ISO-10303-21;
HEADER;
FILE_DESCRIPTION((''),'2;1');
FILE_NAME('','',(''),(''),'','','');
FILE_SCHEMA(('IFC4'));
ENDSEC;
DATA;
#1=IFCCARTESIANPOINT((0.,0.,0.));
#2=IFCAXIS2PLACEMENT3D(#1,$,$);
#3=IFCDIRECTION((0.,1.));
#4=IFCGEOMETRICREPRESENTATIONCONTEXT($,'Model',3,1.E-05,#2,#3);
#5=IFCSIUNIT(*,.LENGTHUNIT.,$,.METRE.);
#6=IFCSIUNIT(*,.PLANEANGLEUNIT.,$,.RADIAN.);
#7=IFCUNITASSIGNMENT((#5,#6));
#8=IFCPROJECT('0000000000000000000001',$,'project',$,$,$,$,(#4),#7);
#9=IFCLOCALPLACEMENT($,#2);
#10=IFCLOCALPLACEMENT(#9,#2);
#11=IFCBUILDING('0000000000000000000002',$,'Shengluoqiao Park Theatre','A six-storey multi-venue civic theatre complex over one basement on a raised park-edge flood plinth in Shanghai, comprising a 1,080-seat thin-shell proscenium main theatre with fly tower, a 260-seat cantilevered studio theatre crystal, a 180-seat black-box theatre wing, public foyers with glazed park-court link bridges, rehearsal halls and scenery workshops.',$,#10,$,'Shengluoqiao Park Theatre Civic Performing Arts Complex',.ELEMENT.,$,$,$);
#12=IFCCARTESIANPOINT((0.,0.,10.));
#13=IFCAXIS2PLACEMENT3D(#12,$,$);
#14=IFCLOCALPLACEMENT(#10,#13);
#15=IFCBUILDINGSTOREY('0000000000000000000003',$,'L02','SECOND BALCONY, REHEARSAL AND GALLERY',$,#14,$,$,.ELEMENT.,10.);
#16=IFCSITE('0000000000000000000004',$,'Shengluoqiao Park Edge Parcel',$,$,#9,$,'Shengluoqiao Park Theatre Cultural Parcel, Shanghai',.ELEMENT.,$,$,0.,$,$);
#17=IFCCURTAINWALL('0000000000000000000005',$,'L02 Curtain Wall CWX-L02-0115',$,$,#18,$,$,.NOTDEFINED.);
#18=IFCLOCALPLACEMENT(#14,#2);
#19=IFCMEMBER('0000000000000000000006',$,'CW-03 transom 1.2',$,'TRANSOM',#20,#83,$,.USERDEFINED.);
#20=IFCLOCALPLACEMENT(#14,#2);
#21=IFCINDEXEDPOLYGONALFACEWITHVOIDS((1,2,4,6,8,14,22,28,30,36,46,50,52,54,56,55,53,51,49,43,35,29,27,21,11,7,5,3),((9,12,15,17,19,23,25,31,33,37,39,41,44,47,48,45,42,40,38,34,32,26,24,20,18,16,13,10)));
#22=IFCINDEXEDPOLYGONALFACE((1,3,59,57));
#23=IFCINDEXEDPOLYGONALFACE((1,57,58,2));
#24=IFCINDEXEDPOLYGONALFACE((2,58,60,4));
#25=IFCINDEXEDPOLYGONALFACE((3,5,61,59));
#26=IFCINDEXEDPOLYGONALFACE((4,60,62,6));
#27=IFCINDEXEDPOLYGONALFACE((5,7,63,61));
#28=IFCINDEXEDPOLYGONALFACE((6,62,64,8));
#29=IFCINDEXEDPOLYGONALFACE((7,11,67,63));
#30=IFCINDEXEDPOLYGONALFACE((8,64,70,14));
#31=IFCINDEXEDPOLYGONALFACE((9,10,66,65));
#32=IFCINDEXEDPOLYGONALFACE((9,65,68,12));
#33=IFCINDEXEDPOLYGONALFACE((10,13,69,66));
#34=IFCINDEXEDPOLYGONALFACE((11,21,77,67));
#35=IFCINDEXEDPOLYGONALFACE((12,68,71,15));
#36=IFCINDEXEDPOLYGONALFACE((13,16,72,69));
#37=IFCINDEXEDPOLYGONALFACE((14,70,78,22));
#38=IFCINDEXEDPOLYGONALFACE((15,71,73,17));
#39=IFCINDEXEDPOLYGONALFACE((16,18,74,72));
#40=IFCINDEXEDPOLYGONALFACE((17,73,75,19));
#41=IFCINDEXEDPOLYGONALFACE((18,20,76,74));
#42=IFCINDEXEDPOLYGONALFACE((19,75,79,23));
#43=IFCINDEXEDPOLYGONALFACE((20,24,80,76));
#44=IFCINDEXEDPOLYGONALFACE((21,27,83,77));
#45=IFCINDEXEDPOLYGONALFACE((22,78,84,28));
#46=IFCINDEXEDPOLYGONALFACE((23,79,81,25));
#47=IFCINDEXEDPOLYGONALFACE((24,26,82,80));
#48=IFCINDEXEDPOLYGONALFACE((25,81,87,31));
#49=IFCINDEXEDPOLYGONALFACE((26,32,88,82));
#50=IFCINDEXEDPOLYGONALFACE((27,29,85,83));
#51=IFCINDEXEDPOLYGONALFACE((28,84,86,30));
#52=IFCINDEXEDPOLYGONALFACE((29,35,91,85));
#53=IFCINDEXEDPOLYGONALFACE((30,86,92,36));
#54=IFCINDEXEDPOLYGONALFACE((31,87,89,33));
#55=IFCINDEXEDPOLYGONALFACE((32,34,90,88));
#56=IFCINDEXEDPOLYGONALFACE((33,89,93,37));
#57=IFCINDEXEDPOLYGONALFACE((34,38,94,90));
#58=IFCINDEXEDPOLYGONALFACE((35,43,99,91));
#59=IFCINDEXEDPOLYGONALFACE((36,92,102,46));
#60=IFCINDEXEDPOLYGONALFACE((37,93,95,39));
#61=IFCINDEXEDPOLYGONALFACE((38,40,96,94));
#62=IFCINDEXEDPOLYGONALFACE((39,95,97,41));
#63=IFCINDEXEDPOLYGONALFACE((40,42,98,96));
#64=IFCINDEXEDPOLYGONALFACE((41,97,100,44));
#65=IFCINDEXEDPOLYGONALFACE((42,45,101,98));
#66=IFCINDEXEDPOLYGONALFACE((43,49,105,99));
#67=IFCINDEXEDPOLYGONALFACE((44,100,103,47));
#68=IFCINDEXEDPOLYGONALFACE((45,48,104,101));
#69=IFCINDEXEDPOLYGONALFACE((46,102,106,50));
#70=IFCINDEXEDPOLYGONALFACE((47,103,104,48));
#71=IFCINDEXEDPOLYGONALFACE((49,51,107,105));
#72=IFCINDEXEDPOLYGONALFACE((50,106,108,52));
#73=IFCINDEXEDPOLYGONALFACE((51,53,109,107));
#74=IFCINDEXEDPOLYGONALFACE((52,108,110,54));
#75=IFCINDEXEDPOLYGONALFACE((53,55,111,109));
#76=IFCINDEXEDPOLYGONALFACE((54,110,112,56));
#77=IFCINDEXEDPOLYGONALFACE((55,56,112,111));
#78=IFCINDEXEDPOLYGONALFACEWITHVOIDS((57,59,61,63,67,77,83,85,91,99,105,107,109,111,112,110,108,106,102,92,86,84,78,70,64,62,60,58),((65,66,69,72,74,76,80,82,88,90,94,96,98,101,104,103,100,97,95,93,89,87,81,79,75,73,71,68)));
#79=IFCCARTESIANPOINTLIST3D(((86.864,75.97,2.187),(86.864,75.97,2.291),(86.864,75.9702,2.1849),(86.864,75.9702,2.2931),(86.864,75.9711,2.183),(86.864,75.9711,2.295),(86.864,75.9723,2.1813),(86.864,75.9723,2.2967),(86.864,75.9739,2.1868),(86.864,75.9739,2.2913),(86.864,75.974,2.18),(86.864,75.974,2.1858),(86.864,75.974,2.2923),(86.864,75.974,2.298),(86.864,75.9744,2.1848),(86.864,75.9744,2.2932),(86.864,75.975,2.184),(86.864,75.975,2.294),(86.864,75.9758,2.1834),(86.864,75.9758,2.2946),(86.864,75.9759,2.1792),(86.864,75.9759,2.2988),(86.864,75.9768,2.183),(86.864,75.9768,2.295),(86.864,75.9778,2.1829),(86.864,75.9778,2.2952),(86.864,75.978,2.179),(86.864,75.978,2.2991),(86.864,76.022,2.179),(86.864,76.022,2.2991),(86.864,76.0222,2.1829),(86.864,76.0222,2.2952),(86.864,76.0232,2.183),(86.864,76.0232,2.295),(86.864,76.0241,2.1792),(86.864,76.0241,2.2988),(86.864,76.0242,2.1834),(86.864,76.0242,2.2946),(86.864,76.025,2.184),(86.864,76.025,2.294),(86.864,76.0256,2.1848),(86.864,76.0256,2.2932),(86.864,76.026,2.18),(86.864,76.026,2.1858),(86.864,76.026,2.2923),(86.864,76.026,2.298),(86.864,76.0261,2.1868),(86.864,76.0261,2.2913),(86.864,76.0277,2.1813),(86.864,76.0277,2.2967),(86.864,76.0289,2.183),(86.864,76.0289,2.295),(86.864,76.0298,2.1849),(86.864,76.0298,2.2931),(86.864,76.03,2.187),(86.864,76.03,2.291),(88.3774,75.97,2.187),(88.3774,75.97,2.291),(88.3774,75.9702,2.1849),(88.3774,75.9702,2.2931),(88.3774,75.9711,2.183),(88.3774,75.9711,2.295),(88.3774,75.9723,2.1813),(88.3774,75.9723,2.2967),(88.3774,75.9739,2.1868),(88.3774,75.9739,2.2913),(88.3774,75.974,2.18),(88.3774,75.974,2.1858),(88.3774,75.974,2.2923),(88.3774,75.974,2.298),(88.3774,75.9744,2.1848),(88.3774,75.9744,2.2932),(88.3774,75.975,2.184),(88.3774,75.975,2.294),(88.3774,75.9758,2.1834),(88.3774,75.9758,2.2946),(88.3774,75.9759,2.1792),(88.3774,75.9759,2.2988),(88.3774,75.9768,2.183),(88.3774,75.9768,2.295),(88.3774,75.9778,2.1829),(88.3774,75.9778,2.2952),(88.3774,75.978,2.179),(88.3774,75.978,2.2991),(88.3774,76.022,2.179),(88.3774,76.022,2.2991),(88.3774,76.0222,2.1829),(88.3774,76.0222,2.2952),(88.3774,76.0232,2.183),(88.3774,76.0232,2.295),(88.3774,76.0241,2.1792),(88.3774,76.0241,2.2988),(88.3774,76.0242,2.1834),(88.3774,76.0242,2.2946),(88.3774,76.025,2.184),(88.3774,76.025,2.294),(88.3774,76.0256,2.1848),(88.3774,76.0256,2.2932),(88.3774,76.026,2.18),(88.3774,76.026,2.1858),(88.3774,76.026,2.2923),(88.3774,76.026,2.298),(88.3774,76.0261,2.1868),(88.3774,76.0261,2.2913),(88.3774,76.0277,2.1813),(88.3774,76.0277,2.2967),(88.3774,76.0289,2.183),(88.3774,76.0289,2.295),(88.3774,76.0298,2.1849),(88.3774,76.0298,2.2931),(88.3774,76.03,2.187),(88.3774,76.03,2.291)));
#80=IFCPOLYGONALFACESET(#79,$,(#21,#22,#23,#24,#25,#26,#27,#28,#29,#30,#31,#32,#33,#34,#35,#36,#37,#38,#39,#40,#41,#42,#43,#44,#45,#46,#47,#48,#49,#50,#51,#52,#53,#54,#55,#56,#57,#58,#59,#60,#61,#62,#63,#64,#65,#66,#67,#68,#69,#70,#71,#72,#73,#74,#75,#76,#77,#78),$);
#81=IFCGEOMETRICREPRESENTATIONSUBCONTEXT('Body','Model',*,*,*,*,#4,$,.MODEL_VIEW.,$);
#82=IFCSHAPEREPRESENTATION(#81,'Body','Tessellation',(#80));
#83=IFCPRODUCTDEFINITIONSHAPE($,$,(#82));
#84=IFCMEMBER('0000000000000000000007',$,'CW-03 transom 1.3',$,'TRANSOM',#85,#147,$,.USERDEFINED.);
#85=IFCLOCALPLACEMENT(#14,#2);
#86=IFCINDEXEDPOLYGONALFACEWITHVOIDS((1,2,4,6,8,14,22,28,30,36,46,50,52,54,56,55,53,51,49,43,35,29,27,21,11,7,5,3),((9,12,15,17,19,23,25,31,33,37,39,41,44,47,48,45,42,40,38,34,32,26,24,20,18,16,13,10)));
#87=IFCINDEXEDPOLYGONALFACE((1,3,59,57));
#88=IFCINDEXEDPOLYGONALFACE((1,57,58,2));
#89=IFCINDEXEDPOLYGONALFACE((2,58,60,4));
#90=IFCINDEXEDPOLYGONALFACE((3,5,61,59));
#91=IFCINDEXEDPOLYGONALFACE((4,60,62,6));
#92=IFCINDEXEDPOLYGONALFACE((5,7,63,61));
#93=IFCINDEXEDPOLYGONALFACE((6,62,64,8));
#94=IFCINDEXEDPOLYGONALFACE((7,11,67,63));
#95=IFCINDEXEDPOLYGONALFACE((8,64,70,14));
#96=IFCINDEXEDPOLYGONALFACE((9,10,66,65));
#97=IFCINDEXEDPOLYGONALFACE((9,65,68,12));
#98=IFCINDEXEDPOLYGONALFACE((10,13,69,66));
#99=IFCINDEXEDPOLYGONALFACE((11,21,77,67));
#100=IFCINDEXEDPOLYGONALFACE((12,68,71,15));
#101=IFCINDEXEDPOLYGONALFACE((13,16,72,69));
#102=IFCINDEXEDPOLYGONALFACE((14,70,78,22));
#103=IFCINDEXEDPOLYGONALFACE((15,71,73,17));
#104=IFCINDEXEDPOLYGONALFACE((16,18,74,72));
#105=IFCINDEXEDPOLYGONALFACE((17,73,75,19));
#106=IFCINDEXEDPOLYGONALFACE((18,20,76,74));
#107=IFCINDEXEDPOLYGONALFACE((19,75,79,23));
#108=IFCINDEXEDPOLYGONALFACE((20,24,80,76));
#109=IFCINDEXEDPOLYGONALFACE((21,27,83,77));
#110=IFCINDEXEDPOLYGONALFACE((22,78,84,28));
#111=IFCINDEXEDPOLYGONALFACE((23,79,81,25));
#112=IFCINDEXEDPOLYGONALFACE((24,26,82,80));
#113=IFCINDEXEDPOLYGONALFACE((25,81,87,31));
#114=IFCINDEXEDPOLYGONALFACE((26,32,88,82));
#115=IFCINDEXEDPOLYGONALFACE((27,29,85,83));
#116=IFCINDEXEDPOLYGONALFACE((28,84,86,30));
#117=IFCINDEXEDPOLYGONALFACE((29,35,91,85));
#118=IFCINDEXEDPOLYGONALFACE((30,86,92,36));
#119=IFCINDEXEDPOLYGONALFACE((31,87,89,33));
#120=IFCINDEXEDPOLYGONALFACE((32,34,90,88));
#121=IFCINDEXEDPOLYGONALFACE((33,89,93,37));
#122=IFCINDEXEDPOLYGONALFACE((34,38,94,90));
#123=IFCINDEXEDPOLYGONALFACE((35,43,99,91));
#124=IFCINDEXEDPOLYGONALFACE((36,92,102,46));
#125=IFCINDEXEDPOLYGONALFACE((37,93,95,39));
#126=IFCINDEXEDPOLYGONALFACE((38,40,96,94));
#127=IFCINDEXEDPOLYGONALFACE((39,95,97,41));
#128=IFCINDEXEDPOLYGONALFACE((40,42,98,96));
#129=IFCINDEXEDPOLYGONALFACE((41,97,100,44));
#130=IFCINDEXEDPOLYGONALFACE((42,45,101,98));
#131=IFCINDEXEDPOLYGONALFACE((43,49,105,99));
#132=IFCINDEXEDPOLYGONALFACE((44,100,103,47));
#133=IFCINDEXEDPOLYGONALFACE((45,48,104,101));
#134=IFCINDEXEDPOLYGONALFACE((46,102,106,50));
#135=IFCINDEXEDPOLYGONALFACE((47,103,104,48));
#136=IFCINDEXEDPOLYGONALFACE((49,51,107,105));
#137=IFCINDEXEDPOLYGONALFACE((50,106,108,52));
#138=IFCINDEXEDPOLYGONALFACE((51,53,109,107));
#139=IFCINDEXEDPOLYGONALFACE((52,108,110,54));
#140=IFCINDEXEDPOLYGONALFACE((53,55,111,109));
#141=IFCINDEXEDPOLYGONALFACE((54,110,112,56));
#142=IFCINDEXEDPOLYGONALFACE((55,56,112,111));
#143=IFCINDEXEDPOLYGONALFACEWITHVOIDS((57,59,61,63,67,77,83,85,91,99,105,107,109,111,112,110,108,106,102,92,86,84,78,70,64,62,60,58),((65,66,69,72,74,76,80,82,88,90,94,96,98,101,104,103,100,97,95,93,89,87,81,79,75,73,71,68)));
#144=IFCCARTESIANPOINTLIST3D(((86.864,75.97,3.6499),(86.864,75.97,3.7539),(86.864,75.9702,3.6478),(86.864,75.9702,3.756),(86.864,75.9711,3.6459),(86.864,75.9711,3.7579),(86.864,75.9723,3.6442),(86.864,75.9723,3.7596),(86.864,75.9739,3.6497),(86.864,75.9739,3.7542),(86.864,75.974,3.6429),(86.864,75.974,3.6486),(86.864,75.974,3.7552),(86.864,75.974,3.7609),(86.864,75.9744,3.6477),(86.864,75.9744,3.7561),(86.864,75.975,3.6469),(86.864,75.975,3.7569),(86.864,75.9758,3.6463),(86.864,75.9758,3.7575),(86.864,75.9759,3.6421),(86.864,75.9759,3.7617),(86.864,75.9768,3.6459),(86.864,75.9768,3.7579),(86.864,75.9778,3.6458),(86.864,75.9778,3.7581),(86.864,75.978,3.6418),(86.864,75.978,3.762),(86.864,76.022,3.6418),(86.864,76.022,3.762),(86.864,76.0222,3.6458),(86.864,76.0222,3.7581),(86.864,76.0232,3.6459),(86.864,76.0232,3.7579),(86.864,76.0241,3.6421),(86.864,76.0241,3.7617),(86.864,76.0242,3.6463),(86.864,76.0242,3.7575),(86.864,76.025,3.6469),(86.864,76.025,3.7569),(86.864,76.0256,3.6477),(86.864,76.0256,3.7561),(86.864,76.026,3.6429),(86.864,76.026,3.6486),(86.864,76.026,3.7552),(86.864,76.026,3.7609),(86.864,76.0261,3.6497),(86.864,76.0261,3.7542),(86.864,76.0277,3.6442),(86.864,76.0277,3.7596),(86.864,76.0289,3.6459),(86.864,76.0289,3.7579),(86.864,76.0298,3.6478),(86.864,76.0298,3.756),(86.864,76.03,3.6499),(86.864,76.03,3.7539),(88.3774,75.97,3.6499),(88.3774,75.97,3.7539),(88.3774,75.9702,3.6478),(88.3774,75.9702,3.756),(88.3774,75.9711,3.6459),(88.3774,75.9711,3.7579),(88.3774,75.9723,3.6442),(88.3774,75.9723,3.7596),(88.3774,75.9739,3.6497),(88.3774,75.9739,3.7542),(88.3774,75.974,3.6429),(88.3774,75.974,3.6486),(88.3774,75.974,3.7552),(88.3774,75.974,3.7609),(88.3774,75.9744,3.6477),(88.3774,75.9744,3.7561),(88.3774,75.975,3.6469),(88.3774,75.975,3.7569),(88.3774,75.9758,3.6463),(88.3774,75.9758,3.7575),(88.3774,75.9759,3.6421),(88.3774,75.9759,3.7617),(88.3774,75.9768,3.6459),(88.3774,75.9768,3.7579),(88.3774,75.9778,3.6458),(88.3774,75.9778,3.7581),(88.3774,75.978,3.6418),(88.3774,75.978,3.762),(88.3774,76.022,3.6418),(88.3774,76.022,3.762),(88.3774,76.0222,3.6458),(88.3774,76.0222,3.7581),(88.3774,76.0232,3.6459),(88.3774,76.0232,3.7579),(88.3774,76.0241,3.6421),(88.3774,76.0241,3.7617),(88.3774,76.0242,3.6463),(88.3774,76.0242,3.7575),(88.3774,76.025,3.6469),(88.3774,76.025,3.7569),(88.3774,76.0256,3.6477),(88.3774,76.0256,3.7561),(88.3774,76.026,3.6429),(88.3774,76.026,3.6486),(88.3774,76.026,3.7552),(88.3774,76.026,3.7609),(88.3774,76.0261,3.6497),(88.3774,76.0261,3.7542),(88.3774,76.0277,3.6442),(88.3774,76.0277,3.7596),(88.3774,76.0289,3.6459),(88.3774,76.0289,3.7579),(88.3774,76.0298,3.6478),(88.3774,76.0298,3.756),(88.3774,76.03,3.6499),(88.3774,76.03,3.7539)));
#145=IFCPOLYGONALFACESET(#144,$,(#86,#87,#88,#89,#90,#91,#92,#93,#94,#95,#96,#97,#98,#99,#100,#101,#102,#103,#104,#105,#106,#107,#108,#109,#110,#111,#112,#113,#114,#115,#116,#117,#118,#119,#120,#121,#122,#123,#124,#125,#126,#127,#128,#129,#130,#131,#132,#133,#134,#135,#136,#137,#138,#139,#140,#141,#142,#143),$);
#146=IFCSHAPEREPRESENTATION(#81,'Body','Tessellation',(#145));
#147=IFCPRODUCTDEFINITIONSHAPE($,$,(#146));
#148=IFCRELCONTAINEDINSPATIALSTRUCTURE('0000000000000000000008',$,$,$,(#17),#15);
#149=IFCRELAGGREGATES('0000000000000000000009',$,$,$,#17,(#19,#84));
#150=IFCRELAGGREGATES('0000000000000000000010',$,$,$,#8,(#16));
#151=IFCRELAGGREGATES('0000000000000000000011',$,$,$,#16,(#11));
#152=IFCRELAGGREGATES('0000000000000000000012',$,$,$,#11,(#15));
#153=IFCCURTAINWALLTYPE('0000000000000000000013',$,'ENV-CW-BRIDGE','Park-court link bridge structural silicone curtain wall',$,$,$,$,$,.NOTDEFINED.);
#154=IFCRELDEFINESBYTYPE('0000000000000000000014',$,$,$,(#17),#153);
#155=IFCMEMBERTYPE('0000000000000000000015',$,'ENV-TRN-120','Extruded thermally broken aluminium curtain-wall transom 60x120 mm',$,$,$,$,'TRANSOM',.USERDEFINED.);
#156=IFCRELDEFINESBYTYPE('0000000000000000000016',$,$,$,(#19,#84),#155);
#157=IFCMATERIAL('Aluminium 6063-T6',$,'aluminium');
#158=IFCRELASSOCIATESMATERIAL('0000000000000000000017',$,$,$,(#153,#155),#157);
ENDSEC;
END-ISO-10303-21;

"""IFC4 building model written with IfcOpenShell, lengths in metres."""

from ifc_helpers import new_model, si_unit, direction, frame, origin, origin_2d, place, context, subcontext, project, spatial, hollow_rectangle, extrude, material, material_profile, profile_set, type_object, element, aggregate, save


model = new_model("IFC4")

# Units and contexts
model_context = context("Model", 3, precision=1e-05, world=origin(), true_north=direction((0.0, 1.0)))
body_context = subcontext(model_context, "Body", "Model", "MODEL_VIEW")
ifc_project = project(units=[si_unit("LENGTHUNIT", "METRE"), si_unit("PLANEANGLEUNIT", "RADIAN")], contexts=[model_context])

# Site, building, storey
site_placement = place(None, origin())
site = spatial("IfcSite", under=ifc_project, at=site_placement, Name="Shengluoqiao Park Edge Parcel", LongName="Shengluoqiao Park Theatre Cultural Parcel, Shanghai", CompositionType="ELEMENT", RefElevation=0.0)
building_placement = place(site_placement, origin())
building = spatial("IfcBuilding", under=site, at=building_placement, Name="Shengluoqiao Park Theatre", Description="A six-storey multi-venue civic theatre complex over one basement on a raised park-edge flood plinth in Shanghai, comprising a 1,080-seat thin-shell proscenium main theatre with fly tower, a 260-seat cantilevered studio theatre crystal, a 180-seat black-box theatre wing, public foyers with glazed park-court link bridges, rehearsal halls and scenery workshops.", LongName="Shengluoqiao Park Theatre Civic Performing Arts Complex", CompositionType="ELEMENT")
storey_placement = place(building_placement, frame((0.0, 0.0, 10.0)))
storey = spatial("IfcBuildingStorey", under=building, at=storey_placement, Name="L02", Description="SECOND BALCONY, REHEARSAL AND GALLERY", CompositionType="ELEMENT", Elevation=10.0)

# Curtain wall, members
ifc_material_1 = material(Name="Aluminium 6063-T6", Category="aluminium")
curtain_wall_type = type_object("IfcCurtainWallType", Name="ENV-CW-BRIDGE", Description="Park-court link bridge structural silicone curtain wall", PredefinedType="NOTDEFINED", material=ifc_material_1)
curtain_wall_placement = place(storey_placement, origin())
curtain_wall = element("IfcCurtainWall", 1, at=curtain_wall_placement, inside=storey, type_object=curtain_wall_type, Name="L02 Curtain Wall CWX-L02-0115", PredefinedType="NOTDEFINED")
ifc_material_profile_1 = material_profile(ifc_material_1, hollow_rectangle(XDim=0.0601, YDim=0.1201, WallThickness=0.0039, InnerFilletRadius=0.0039, OuterFilletRadius=0.0081, at=origin_2d()), Name="ALU TRANSOM 120x60x4")
ifc_profile_set_1 = profile_set([ifc_material_profile_1], Name="Aluminium 6063-T6")
member_type_1 = type_object("IfcMemberType", Name="ENV-TRN-120", Description="Extruded thermally broken aluminium curtain-wall transom 60x120 mm", ElementType="TRANSOM", PredefinedType="USERDEFINED", material=ifc_profile_set_1)
member_1_placement = place(storey_placement, frame((86.864, 76.0, 2.239), z_axis=(1.0, 0.0, 0.0), x_axis=(0.0, 1.0, 0.0)))
member_1 = element("IfcMember", 2, at=member_1_placement, type_object=member_type_1, Name="CW-03 transom 1.2", ObjectType="TRANSOM", PredefinedType="USERDEFINED", context=body_context, shape_type="SweptSolid", body=[
    extrude(hollow_rectangle(XDim=0.0601, YDim=0.1201, WallThickness=0.0039, InnerFilletRadius=0.0039, OuterFilletRadius=0.0081, at=origin_2d()), origin(), (0.0, 0.0, 1.0), 1.5134),
])
member_2_placement = place(storey_placement, frame((86.864, 76.0, 3.7019), z_axis=(1.0, 0.0, 0.0), x_axis=(0.0, 1.0, 0.0)))
member_2 = element("IfcMember", 3, at=member_2_placement, type_object=member_type_1, Name="CW-03 transom 1.3", ObjectType="TRANSOM", PredefinedType="USERDEFINED", context=body_context, shape_type="SweptSolid", body=[
    extrude(hollow_rectangle(XDim=0.0601, YDim=0.1201, WallThickness=0.0039, InnerFilletRadius=0.0039, OuterFilletRadius=0.0081, at=origin_2d()), origin(), (0.0, 0.0, 1.0), 1.5134),
])

aggregate(curtain_wall, [member_1, member_2])

save(model, "model.ifc")
